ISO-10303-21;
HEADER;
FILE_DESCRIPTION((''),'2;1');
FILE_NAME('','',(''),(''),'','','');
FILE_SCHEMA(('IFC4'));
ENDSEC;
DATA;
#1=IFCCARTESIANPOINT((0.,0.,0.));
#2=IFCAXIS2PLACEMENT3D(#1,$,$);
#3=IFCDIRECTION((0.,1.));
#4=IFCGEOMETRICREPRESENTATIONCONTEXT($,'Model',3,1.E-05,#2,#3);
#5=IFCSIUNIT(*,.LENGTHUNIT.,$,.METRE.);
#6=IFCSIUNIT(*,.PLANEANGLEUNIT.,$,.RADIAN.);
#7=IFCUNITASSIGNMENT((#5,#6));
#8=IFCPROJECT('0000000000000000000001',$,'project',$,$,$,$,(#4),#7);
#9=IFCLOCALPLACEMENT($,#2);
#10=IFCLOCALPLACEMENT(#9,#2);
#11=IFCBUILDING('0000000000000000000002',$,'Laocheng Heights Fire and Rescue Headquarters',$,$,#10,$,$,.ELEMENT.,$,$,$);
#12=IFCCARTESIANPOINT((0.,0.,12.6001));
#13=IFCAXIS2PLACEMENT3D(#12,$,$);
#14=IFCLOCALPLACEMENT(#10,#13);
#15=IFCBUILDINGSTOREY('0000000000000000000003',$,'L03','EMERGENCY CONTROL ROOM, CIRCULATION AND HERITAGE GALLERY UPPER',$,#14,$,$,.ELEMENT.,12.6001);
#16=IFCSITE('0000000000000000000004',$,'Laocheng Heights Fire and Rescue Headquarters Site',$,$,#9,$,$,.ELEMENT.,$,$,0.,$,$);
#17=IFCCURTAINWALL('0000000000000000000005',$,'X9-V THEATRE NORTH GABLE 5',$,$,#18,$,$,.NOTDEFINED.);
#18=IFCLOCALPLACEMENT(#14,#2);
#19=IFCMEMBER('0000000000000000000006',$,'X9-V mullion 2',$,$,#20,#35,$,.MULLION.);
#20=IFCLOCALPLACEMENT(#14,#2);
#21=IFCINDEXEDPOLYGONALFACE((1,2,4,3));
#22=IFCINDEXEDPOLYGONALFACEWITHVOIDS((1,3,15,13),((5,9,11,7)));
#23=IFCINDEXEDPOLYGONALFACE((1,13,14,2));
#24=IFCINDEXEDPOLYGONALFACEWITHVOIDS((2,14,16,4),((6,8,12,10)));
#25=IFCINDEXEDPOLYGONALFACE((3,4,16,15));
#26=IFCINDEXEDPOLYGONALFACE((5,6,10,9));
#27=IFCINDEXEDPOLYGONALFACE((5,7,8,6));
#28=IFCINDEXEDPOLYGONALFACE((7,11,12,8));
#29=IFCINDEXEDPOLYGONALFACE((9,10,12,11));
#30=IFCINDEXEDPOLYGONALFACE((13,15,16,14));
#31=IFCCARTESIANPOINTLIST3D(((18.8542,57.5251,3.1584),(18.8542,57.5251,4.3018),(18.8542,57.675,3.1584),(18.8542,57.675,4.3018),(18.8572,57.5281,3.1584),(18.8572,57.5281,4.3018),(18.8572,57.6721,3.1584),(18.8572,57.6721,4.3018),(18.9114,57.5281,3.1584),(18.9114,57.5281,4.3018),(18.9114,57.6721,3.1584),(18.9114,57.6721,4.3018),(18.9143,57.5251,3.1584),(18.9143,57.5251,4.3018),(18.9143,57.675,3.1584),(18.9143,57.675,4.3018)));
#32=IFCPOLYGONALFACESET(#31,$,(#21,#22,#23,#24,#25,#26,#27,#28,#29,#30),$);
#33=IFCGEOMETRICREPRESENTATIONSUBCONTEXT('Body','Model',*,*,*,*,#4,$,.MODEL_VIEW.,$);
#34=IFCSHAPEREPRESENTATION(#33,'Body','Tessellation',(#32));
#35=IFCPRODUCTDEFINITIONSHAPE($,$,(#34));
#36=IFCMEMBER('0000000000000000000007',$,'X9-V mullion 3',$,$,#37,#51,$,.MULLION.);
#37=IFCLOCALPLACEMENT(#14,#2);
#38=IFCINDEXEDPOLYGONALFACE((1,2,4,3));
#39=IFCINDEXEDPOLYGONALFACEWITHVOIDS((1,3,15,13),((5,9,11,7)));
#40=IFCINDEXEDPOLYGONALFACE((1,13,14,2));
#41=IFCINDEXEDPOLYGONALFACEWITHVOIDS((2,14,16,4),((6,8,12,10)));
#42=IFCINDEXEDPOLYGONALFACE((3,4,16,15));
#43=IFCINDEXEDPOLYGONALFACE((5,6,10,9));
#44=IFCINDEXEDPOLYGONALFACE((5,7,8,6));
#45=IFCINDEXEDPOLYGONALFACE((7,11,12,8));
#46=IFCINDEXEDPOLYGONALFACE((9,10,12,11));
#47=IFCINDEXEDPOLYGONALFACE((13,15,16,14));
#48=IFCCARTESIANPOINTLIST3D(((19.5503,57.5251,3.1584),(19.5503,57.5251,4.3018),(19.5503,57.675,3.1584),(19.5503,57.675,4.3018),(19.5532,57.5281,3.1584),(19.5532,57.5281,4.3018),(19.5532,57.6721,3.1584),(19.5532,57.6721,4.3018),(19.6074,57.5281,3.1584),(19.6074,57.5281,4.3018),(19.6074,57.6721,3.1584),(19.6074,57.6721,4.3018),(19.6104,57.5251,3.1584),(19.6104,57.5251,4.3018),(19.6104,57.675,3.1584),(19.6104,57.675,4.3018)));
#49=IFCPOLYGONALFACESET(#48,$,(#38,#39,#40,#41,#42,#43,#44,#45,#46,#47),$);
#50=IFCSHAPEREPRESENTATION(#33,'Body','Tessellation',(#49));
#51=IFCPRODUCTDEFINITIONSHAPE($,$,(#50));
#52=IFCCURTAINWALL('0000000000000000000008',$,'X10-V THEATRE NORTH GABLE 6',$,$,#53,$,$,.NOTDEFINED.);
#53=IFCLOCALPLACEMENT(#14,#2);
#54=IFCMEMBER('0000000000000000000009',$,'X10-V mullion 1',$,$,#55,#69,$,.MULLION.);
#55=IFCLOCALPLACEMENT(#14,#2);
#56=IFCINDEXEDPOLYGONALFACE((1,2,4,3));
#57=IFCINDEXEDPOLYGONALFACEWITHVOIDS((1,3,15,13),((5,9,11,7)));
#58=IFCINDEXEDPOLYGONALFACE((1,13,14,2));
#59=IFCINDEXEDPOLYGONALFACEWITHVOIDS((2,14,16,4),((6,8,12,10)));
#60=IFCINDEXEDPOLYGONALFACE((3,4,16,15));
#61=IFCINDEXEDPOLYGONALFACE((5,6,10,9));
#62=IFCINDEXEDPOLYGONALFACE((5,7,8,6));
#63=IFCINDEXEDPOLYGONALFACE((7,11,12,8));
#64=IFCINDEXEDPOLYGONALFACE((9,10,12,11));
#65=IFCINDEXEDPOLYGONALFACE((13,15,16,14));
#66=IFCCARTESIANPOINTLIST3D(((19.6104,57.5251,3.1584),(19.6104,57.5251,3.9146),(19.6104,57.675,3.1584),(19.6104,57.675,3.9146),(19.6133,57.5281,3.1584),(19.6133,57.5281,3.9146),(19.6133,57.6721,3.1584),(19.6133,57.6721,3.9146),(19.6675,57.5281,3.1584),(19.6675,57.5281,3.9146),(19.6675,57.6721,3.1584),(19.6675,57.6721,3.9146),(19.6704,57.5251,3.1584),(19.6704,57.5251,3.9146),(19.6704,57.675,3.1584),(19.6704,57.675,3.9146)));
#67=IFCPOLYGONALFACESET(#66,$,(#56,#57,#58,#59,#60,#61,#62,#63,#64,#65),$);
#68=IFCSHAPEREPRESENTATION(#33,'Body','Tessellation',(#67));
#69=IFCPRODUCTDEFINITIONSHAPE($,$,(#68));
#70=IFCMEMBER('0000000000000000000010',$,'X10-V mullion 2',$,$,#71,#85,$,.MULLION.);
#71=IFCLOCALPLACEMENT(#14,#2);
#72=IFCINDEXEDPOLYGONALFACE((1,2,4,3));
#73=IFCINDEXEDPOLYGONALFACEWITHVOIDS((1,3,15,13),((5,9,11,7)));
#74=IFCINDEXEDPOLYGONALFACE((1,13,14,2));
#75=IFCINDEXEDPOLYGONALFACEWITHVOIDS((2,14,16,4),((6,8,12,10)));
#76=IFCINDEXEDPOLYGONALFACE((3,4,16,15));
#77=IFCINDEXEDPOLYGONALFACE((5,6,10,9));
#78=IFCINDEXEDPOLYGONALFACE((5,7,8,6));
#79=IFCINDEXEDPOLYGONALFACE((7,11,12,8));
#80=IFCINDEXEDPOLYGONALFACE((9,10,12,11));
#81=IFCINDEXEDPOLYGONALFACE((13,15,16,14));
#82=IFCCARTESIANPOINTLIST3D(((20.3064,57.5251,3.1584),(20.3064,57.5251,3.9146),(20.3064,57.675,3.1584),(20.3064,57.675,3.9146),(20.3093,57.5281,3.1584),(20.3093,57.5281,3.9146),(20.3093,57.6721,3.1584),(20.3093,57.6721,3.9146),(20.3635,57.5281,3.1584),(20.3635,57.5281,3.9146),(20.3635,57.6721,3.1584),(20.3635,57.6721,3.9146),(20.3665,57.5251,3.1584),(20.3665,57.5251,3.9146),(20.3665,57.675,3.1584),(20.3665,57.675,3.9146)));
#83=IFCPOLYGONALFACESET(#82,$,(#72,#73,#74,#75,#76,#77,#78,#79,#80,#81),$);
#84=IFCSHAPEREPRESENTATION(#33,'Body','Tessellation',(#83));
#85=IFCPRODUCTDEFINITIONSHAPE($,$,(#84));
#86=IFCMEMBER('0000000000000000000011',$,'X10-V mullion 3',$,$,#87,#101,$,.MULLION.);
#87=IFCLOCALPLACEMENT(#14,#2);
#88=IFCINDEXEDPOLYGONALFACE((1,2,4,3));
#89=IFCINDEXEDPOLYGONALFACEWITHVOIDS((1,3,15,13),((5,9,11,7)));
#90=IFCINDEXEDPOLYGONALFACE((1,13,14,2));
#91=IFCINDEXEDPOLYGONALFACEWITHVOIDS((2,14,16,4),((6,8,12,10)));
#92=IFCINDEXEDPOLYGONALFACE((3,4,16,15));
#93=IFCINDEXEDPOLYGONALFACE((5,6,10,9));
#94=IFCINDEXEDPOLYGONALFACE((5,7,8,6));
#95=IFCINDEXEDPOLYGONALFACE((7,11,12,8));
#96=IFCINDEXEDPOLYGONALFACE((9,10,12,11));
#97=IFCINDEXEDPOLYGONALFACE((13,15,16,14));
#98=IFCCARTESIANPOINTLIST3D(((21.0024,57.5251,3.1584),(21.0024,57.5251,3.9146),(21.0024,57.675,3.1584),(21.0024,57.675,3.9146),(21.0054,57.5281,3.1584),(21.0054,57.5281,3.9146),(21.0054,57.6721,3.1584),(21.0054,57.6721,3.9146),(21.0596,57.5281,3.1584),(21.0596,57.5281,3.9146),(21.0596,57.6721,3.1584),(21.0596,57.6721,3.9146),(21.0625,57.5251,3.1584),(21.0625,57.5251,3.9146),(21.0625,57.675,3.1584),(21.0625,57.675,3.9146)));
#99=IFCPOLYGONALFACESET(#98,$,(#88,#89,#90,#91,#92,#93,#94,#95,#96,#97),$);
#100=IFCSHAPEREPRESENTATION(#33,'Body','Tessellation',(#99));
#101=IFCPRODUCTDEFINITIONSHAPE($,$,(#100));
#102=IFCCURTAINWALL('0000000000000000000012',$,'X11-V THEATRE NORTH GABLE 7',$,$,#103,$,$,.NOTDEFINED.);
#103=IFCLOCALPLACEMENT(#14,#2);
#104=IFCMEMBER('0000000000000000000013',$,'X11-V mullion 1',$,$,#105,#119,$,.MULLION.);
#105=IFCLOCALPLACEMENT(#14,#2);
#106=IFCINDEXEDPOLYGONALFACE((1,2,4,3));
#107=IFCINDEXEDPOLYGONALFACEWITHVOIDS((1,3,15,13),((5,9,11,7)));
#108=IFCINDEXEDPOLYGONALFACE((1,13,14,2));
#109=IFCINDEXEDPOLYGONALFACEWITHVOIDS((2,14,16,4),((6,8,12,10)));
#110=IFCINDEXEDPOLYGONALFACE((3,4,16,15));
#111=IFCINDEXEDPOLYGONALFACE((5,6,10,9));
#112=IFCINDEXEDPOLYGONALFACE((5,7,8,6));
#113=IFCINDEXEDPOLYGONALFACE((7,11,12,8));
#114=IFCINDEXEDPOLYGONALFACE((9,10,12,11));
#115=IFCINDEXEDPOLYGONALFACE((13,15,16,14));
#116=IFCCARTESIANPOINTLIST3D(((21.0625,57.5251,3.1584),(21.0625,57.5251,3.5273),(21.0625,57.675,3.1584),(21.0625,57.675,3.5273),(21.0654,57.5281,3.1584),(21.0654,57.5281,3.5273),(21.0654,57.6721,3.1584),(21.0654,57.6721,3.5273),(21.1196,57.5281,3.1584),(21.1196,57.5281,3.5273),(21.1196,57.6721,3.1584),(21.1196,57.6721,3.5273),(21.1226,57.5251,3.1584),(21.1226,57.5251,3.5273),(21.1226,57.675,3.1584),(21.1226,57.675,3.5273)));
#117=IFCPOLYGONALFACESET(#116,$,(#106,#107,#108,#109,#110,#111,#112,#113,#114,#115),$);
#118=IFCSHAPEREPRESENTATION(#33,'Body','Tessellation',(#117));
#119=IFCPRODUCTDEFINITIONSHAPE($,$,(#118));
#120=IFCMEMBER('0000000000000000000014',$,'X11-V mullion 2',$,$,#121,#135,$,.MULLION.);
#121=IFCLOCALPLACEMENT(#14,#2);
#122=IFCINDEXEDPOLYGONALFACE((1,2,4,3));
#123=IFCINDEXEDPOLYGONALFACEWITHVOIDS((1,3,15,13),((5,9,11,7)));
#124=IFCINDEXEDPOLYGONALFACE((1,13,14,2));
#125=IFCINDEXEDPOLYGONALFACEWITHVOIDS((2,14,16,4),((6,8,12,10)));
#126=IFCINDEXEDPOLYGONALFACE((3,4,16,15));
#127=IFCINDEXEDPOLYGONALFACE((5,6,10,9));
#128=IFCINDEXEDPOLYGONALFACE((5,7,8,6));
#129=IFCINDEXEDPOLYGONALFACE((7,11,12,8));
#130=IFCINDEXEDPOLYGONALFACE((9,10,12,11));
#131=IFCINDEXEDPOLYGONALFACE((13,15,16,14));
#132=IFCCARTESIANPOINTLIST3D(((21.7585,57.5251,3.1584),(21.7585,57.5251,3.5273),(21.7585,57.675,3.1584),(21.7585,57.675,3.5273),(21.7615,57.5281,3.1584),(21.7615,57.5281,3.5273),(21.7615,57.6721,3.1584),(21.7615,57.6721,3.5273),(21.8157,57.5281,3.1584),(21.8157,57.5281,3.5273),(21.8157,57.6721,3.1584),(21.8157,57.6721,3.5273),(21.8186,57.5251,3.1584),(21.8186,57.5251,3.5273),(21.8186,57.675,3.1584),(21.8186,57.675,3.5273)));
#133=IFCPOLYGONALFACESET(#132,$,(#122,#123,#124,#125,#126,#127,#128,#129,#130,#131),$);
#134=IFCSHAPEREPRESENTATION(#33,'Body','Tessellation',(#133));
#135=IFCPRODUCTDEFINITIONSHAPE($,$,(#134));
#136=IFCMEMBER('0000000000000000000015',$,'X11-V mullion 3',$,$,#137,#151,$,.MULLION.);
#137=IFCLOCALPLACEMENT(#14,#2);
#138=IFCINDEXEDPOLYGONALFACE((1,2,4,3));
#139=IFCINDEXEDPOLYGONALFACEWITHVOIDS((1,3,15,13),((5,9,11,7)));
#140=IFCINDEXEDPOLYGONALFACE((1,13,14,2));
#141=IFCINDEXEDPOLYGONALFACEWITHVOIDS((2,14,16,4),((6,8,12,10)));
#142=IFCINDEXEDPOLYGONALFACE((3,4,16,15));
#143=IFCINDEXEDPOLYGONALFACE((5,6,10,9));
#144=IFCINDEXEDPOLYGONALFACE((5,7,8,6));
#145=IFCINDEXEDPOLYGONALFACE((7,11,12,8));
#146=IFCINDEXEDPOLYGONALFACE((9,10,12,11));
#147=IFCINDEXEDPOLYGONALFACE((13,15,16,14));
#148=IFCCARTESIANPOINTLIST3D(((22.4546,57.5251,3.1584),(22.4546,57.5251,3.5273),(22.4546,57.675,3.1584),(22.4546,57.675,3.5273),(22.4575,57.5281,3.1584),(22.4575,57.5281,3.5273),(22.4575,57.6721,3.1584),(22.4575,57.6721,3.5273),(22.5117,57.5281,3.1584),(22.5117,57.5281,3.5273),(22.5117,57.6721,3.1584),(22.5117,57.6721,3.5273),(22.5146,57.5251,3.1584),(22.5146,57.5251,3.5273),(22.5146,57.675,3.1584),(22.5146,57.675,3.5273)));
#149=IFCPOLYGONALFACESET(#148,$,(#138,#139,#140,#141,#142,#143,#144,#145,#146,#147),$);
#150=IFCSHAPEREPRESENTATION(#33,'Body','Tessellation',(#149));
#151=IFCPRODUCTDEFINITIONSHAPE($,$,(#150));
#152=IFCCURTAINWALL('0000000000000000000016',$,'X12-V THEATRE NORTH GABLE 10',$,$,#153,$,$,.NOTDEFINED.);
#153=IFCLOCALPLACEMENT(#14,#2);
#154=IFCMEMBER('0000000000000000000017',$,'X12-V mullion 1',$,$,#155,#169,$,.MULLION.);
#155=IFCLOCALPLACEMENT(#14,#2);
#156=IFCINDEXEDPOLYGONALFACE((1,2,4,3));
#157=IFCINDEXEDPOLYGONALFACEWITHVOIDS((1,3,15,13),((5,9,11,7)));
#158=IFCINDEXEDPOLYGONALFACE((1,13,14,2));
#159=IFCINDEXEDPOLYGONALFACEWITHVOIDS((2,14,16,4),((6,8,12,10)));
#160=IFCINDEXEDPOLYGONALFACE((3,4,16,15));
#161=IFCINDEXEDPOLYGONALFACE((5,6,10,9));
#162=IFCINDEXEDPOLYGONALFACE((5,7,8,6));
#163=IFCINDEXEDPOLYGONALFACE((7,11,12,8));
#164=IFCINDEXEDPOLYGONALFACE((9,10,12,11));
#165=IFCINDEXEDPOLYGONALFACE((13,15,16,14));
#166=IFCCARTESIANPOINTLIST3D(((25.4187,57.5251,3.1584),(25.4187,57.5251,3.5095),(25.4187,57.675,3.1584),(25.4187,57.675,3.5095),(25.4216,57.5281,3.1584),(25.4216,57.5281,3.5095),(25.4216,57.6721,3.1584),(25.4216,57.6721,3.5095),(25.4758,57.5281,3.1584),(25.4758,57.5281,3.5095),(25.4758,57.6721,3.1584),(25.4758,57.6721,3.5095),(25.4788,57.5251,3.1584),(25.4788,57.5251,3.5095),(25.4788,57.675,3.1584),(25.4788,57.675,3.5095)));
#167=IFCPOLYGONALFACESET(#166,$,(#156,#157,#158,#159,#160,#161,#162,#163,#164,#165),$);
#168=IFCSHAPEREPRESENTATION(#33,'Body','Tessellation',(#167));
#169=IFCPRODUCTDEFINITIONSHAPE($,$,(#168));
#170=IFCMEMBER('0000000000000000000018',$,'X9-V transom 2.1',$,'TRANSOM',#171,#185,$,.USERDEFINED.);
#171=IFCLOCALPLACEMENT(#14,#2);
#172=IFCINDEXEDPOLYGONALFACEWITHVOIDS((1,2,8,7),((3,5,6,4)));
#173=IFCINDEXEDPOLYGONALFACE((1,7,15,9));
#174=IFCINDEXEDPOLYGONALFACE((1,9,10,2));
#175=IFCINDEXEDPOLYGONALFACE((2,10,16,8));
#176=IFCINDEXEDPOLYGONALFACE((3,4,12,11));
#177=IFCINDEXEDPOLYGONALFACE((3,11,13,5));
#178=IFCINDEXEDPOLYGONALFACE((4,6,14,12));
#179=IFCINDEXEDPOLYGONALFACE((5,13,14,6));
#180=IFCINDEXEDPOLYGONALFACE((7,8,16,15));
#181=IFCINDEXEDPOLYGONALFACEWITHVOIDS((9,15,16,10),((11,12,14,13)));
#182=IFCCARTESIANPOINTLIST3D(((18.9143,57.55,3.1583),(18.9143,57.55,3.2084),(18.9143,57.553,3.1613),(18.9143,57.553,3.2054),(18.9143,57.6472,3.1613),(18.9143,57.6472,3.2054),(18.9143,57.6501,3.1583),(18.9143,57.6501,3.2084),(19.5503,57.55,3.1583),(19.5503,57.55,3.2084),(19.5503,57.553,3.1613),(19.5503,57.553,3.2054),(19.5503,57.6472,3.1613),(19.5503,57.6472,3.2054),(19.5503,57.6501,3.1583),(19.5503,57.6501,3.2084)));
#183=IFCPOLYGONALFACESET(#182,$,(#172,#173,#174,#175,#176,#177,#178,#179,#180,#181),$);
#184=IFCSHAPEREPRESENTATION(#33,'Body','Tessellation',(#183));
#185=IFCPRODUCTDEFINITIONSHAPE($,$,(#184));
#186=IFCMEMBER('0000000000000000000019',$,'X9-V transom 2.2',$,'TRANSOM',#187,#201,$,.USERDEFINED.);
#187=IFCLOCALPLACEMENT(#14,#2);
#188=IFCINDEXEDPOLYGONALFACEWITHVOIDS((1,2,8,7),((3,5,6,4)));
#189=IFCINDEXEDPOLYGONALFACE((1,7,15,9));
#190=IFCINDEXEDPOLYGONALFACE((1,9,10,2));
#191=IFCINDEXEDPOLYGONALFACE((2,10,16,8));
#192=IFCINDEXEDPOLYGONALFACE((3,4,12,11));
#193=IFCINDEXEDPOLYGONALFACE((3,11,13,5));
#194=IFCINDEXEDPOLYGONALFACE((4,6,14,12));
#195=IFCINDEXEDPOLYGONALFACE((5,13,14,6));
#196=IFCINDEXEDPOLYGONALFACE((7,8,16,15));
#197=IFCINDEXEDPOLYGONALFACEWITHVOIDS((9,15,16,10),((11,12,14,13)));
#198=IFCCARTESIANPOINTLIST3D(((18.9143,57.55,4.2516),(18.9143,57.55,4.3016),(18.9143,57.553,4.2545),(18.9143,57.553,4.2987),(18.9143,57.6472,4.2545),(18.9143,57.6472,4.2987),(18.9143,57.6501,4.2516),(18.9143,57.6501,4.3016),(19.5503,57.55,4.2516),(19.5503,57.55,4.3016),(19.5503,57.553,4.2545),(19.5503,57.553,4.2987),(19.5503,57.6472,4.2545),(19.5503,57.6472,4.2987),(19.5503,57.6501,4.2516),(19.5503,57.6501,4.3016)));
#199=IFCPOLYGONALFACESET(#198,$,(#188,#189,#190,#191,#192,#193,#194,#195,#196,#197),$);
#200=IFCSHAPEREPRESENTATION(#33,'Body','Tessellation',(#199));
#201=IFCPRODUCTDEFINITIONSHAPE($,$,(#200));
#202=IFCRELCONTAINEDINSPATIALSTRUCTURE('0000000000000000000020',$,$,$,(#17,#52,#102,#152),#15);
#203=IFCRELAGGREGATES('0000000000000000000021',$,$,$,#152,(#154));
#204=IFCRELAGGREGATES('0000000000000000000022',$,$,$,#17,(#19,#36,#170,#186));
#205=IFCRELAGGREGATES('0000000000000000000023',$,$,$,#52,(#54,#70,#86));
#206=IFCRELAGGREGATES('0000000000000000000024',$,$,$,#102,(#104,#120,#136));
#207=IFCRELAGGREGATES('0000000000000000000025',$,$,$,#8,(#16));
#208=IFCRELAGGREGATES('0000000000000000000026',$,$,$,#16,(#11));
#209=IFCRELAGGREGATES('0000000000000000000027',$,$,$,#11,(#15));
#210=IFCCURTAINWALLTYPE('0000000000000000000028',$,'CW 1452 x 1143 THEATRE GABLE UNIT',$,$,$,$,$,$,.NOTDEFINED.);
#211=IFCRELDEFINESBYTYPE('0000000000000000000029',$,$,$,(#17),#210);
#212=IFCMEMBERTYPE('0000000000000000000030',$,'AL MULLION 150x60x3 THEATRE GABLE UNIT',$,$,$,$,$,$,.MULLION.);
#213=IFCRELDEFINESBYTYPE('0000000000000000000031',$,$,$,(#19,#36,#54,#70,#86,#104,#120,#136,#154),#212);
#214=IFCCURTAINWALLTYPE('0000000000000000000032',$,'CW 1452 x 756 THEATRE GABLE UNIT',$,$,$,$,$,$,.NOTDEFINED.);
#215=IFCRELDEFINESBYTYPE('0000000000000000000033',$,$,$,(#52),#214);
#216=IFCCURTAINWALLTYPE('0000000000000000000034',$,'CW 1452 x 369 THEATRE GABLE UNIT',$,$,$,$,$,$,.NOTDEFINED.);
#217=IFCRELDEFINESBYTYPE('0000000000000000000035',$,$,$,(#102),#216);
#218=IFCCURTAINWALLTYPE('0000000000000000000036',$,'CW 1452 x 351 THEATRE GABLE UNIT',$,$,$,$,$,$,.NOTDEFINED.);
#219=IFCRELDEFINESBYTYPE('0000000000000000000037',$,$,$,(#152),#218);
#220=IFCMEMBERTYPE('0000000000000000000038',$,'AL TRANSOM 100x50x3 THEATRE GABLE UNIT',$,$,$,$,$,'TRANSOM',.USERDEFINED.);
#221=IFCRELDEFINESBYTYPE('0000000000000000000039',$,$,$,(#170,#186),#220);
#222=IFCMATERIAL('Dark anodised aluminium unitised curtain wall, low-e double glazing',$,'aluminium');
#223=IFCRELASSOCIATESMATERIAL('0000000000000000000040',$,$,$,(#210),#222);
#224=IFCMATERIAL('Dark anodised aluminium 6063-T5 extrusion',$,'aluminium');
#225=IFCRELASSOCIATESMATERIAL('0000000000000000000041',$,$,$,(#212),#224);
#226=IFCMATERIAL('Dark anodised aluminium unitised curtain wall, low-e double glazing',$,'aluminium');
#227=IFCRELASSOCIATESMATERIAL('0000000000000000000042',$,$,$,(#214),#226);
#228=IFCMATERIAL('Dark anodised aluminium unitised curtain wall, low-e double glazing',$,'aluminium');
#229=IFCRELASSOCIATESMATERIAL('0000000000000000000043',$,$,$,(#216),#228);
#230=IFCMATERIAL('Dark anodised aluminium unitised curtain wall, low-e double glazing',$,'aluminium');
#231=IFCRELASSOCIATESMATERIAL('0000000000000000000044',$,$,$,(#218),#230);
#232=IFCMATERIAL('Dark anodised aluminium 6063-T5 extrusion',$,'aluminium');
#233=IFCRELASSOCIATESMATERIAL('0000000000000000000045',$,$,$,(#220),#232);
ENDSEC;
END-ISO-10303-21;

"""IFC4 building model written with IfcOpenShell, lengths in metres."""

from ifc_helpers import new_model, si_unit, direction, frame, origin, origin_2d, place, context, subcontext, project, spatial, hollow_rectangle, extrude, material, material_profile, profile_set, type_object, element, aggregate, save


model = new_model("IFC4")

# Units and contexts
model_context = context("Model", 3, precision=1e-05, world=origin(), true_north=direction((0.0, 1.0)))
body_context = subcontext(model_context, "Body", "Model", "MODEL_VIEW")
ifc_project = project(units=[si_unit("LENGTHUNIT", "METRE"), si_unit("PLANEANGLEUNIT", "RADIAN")], contexts=[model_context])

# Site, building, storey
site_placement = place(None, origin())
site = spatial("IfcSite", under=ifc_project, at=site_placement, Name="Laocheng Heights Fire and Rescue Headquarters Site", CompositionType="ELEMENT", RefElevation=0.0)
building_placement = place(site_placement, origin())
building = spatial("IfcBuilding", under=site, at=building_placement, Name="Laocheng Heights Fire and Rescue Headquarters", CompositionType="ELEMENT")
storey_placement = place(building_placement, frame((0.0, 0.0, 12.6001)))
storey = spatial("IfcBuildingStorey", under=building, at=storey_placement, Name="L03", Description="EMERGENCY CONTROL ROOM, CIRCULATION AND HERITAGE GALLERY UPPER", CompositionType="ELEMENT", Elevation=12.6001)

# Curtain walls, members
ifc_material_1 = material(Name="Dark anodised aluminium unitised curtain wall, low-e double glazing", Category="aluminium")
curtain_wall_type_1 = type_object("IfcCurtainWallType", Name="CW 1452 x 1143 THEATRE GABLE UNIT", PredefinedType="NOTDEFINED", material=ifc_material_1)
curtain_wall_1_placement = place(storey_placement, origin())
curtain_wall_1 = element("IfcCurtainWall", 1, at=curtain_wall_1_placement, inside=storey, type_object=curtain_wall_type_1, Name="X9-V THEATRE NORTH GABLE 5", PredefinedType="NOTDEFINED")
ifc_material_2 = material(Name="Dark anodised aluminium 6063-T5 extrusion", Category="aluminium")
ifc_material_profile_1 = material_profile(ifc_material_2, hollow_rectangle(XDim=0.1499, YDim=0.0601, WallThickness=0.0029, at=origin_2d()), Name="AL MULLION 150x60x3 THEATRE GABLE UNIT")
ifc_profile_set_1 = profile_set([ifc_material_profile_1], Name="Dark anodised aluminium 6063-T5 extrusion")
member_type_1 = type_object("IfcMemberType", Name="AL MULLION 150x60x3 THEATRE GABLE UNIT", PredefinedType="MULLION", material=ifc_profile_set_1)
member_1_placement = place(storey_placement, frame((18.8843, 57.6001, 3.1584), z_axis=(0.0, 0.0, 1.0), x_axis=(0.0, 1.0, 0.0)))
member_1 = element("IfcMember", 2, at=member_1_placement, type_object=member_type_1, Name="X9-V mullion 2", PredefinedType="MULLION", context=body_context, shape_type="SweptSolid", body=[
    extrude(hollow_rectangle(XDim=0.1499, YDim=0.0601, WallThickness=0.0029, at=origin_2d()), origin(), (0.0, 0.0, 1.0), 1.1433),
])
member_2_placement = place(storey_placement, frame((19.5803, 57.6001, 3.1584), z_axis=(0.0, 0.0, 1.0), x_axis=(0.0, 1.0, 0.0)))
member_2 = element("IfcMember", 3, at=member_2_placement, type_object=member_type_1, Name="X9-V mullion 3", PredefinedType="MULLION", context=body_context, shape_type="SweptSolid", body=[
    extrude(hollow_rectangle(XDim=0.1499, YDim=0.0601, WallThickness=0.0029, at=origin_2d()), origin(), (0.0, 0.0, 1.0), 1.1433),
])
ifc_material_3 = material(Name="Dark anodised aluminium unitised curtain wall, low-e double glazing", Category="aluminium")
curtain_wall_type_2 = type_object("IfcCurtainWallType", Name="CW 1452 x 756 THEATRE GABLE UNIT", PredefinedType="NOTDEFINED", material=ifc_material_3)
curtain_wall_2_placement = place(storey_placement, origin())
curtain_wall_2 = element("IfcCurtainWall", 4, at=curtain_wall_2_placement, inside=storey, type_object=curtain_wall_type_2, Name="X10-V THEATRE NORTH GABLE 6", PredefinedType="NOTDEFINED")
member_3_placement = place(storey_placement, frame((19.6404, 57.6001, 3.1584), z_axis=(0.0, 0.0, 1.0), x_axis=(0.0, 1.0, 0.0)))
member_3 = element("IfcMember", 5, at=member_3_placement, type_object=member_type_1, Name="X10-V mullion 1", PredefinedType="MULLION", context=body_context, shape_type="SweptSolid", body=[
    extrude(hollow_rectangle(XDim=0.1499, YDim=0.0601, WallThickness=0.0029, at=origin_2d()), origin(), (0.0, 0.0, 1.0), 0.7561),
])
member_4_placement = place(storey_placement, frame((20.3364, 57.6001, 3.1584), z_axis=(0.0, 0.0, 1.0), x_axis=(0.0, 1.0, 0.0)))
member_4 = element("IfcMember", 6, at=member_4_placement, type_object=member_type_1, Name="X10-V mullion 2", PredefinedType="MULLION", context=body_context, shape_type="SweptSolid", body=[
    extrude(hollow_rectangle(XDim=0.1499, YDim=0.0601, WallThickness=0.0029, at=origin_2d()), origin(), (0.0, 0.0, 1.0), 0.7561),
])
member_5_placement = place(storey_placement, frame((21.0325, 57.6001, 3.1584), z_axis=(0.0, 0.0, 1.0), x_axis=(0.0, 1.0, 0.0)))
member_5 = element("IfcMember", 7, at=member_5_placement, type_object=member_type_1, Name="X10-V mullion 3", PredefinedType="MULLION", context=body_context, shape_type="SweptSolid", body=[
    extrude(hollow_rectangle(XDim=0.1499, YDim=0.0601, WallThickness=0.0029, at=origin_2d()), origin(), (0.0, 0.0, 1.0), 0.7561),
])
ifc_material_4 = material(Name="Dark anodised aluminium unitised curtain wall, low-e double glazing", Category="aluminium")
curtain_wall_type_3 = type_object("IfcCurtainWallType", Name="CW 1452 x 369 THEATRE GABLE UNIT", PredefinedType="NOTDEFINED", material=ifc_material_4)
curtain_wall_3_placement = place(storey_placement, origin())
curtain_wall_3 = element("IfcCurtainWall", 8, at=curtain_wall_3_placement, inside=storey, type_object=curtain_wall_type_3, Name="X11-V THEATRE NORTH GABLE 7", PredefinedType="NOTDEFINED")
member_6_placement = place(storey_placement, frame((21.0925, 57.6001, 3.1584), z_axis=(0.0, 0.0, 1.0), x_axis=(0.0, 1.0, 0.0)))
member_6 = element("IfcMember", 9, at=member_6_placement, type_object=member_type_1, Name="X11-V mullion 1", PredefinedType="MULLION", context=body_context, shape_type="SweptSolid", body=[
    extrude(hollow_rectangle(XDim=0.1499, YDim=0.0601, WallThickness=0.0029, at=origin_2d()), origin(), (0.0, 0.0, 1.0), 0.3689),
])
member_7_placement = place(storey_placement, frame((21.7886, 57.6001, 3.1584), z_axis=(0.0, 0.0, 1.0), x_axis=(0.0, 1.0, 0.0)))
member_7 = element("IfcMember", 10, at=member_7_placement, type_object=member_type_1, Name="X11-V mullion 2", PredefinedType="MULLION", context=body_context, shape_type="SweptSolid", body=[
    extrude(hollow_rectangle(XDim=0.1499, YDim=0.0601, WallThickness=0.0029, at=origin_2d()), origin(), (0.0, 0.0, 1.0), 0.3689),
])
member_8_placement = place(storey_placement, frame((22.4846, 57.6001, 3.1584), z_axis=(0.0, 0.0, 1.0), x_axis=(0.0, 1.0, 0.0)))
member_8 = element("IfcMember", 11, at=member_8_placement, type_object=member_type_1, Name="X11-V mullion 3", PredefinedType="MULLION", context=body_context, shape_type="SweptSolid", body=[
    extrude(hollow_rectangle(XDim=0.1499, YDim=0.0601, WallThickness=0.0029, at=origin_2d()), origin(), (0.0, 0.0, 1.0), 0.3689),
])

# Curtain wall, member
ifc_material_5 = material(Name="Dark anodised aluminium unitised curtain wall, low-e double glazing", Category="aluminium")
curtain_wall_type_4 = type_object("IfcCurtainWallType", Name="CW 1452 x 351 THEATRE GABLE UNIT", PredefinedType="NOTDEFINED", material=ifc_material_5)
curtain_wall_4_placement = place(storey_placement, origin())
curtain_wall_4 = element("IfcCurtainWall", 12, at=curtain_wall_4_placement, inside=storey, type_object=curtain_wall_type_4, Name="X12-V THEATRE NORTH GABLE 10", PredefinedType="NOTDEFINED")
member_9_placement = place(storey_placement, frame((25.4487, 57.6001, 3.1584), z_axis=(0.0, 0.0, 1.0), x_axis=(0.0, 1.0, 0.0)))
member_9 = element("IfcMember", 13, at=member_9_placement, type_object=member_type_1, Name="X12-V mullion 1", PredefinedType="MULLION", context=body_context, shape_type="SweptSolid", body=[
    extrude(hollow_rectangle(XDim=0.1499, YDim=0.0601, WallThickness=0.0029, at=origin_2d()), origin(), (0.0, 0.0, 1.0), 0.3511),
])

# Members
ifc_material_6 = material(Name="Dark anodised aluminium 6063-T5 extrusion", Category="aluminium")
ifc_material_profile_2 = material_profile(ifc_material_6, hollow_rectangle(XDim=0.1001, YDim=0.05, WallThickness=0.0029, at=origin_2d()), Name="AL TRANSOM 100x50x3 THEATRE GABLE UNIT")
ifc_profile_set_2 = profile_set([ifc_material_profile_2], Name="Dark anodised aluminium 6063-T5 extrusion")
member_type_2 = type_object("IfcMemberType", Name="AL TRANSOM 100x50x3 THEATRE GABLE UNIT", ElementType="TRANSOM", PredefinedType="USERDEFINED", material=ifc_profile_set_2)
member_10_placement = place(storey_placement, frame((18.9143, 57.6001, 3.1833), z_axis=(1.0, 0.0, 0.0), x_axis=(0.0, 1.0, 0.0)))
member_10 = element("IfcMember", 14, at=member_10_placement, type_object=member_type_2, Name="X9-V transom 2.1", ObjectType="TRANSOM", PredefinedType="USERDEFINED", context=body_context, shape_type="SweptSolid", body=[
    extrude(hollow_rectangle(XDim=0.1001, YDim=0.05, WallThickness=0.0029, at=origin_2d()), origin(), (0.0, 0.0, 1.0), 0.636),
])
member_11_placement = place(storey_placement, frame((18.9143, 57.6001, 4.2766), z_axis=(1.0, 0.0, 0.0), x_axis=(0.0, 1.0, 0.0)))
member_11 = element("IfcMember", 15, at=member_11_placement, type_object=member_type_2, Name="X9-V transom 2.2", ObjectType="TRANSOM", PredefinedType="USERDEFINED", context=body_context, shape_type="SweptSolid", body=[
    extrude(hollow_rectangle(XDim=0.1001, YDim=0.05, WallThickness=0.0029, at=origin_2d()), origin(), (0.0, 0.0, 1.0), 0.636),
])
aggregate(curtain_wall_4, [member_9])

aggregate(curtain_wall_1, [member_1, member_2, member_10, member_11])
aggregate(curtain_wall_2, [member_3, member_4, member_5])
aggregate(curtain_wall_3, [member_6, member_7, member_8])

save(model, "model.ifc")
